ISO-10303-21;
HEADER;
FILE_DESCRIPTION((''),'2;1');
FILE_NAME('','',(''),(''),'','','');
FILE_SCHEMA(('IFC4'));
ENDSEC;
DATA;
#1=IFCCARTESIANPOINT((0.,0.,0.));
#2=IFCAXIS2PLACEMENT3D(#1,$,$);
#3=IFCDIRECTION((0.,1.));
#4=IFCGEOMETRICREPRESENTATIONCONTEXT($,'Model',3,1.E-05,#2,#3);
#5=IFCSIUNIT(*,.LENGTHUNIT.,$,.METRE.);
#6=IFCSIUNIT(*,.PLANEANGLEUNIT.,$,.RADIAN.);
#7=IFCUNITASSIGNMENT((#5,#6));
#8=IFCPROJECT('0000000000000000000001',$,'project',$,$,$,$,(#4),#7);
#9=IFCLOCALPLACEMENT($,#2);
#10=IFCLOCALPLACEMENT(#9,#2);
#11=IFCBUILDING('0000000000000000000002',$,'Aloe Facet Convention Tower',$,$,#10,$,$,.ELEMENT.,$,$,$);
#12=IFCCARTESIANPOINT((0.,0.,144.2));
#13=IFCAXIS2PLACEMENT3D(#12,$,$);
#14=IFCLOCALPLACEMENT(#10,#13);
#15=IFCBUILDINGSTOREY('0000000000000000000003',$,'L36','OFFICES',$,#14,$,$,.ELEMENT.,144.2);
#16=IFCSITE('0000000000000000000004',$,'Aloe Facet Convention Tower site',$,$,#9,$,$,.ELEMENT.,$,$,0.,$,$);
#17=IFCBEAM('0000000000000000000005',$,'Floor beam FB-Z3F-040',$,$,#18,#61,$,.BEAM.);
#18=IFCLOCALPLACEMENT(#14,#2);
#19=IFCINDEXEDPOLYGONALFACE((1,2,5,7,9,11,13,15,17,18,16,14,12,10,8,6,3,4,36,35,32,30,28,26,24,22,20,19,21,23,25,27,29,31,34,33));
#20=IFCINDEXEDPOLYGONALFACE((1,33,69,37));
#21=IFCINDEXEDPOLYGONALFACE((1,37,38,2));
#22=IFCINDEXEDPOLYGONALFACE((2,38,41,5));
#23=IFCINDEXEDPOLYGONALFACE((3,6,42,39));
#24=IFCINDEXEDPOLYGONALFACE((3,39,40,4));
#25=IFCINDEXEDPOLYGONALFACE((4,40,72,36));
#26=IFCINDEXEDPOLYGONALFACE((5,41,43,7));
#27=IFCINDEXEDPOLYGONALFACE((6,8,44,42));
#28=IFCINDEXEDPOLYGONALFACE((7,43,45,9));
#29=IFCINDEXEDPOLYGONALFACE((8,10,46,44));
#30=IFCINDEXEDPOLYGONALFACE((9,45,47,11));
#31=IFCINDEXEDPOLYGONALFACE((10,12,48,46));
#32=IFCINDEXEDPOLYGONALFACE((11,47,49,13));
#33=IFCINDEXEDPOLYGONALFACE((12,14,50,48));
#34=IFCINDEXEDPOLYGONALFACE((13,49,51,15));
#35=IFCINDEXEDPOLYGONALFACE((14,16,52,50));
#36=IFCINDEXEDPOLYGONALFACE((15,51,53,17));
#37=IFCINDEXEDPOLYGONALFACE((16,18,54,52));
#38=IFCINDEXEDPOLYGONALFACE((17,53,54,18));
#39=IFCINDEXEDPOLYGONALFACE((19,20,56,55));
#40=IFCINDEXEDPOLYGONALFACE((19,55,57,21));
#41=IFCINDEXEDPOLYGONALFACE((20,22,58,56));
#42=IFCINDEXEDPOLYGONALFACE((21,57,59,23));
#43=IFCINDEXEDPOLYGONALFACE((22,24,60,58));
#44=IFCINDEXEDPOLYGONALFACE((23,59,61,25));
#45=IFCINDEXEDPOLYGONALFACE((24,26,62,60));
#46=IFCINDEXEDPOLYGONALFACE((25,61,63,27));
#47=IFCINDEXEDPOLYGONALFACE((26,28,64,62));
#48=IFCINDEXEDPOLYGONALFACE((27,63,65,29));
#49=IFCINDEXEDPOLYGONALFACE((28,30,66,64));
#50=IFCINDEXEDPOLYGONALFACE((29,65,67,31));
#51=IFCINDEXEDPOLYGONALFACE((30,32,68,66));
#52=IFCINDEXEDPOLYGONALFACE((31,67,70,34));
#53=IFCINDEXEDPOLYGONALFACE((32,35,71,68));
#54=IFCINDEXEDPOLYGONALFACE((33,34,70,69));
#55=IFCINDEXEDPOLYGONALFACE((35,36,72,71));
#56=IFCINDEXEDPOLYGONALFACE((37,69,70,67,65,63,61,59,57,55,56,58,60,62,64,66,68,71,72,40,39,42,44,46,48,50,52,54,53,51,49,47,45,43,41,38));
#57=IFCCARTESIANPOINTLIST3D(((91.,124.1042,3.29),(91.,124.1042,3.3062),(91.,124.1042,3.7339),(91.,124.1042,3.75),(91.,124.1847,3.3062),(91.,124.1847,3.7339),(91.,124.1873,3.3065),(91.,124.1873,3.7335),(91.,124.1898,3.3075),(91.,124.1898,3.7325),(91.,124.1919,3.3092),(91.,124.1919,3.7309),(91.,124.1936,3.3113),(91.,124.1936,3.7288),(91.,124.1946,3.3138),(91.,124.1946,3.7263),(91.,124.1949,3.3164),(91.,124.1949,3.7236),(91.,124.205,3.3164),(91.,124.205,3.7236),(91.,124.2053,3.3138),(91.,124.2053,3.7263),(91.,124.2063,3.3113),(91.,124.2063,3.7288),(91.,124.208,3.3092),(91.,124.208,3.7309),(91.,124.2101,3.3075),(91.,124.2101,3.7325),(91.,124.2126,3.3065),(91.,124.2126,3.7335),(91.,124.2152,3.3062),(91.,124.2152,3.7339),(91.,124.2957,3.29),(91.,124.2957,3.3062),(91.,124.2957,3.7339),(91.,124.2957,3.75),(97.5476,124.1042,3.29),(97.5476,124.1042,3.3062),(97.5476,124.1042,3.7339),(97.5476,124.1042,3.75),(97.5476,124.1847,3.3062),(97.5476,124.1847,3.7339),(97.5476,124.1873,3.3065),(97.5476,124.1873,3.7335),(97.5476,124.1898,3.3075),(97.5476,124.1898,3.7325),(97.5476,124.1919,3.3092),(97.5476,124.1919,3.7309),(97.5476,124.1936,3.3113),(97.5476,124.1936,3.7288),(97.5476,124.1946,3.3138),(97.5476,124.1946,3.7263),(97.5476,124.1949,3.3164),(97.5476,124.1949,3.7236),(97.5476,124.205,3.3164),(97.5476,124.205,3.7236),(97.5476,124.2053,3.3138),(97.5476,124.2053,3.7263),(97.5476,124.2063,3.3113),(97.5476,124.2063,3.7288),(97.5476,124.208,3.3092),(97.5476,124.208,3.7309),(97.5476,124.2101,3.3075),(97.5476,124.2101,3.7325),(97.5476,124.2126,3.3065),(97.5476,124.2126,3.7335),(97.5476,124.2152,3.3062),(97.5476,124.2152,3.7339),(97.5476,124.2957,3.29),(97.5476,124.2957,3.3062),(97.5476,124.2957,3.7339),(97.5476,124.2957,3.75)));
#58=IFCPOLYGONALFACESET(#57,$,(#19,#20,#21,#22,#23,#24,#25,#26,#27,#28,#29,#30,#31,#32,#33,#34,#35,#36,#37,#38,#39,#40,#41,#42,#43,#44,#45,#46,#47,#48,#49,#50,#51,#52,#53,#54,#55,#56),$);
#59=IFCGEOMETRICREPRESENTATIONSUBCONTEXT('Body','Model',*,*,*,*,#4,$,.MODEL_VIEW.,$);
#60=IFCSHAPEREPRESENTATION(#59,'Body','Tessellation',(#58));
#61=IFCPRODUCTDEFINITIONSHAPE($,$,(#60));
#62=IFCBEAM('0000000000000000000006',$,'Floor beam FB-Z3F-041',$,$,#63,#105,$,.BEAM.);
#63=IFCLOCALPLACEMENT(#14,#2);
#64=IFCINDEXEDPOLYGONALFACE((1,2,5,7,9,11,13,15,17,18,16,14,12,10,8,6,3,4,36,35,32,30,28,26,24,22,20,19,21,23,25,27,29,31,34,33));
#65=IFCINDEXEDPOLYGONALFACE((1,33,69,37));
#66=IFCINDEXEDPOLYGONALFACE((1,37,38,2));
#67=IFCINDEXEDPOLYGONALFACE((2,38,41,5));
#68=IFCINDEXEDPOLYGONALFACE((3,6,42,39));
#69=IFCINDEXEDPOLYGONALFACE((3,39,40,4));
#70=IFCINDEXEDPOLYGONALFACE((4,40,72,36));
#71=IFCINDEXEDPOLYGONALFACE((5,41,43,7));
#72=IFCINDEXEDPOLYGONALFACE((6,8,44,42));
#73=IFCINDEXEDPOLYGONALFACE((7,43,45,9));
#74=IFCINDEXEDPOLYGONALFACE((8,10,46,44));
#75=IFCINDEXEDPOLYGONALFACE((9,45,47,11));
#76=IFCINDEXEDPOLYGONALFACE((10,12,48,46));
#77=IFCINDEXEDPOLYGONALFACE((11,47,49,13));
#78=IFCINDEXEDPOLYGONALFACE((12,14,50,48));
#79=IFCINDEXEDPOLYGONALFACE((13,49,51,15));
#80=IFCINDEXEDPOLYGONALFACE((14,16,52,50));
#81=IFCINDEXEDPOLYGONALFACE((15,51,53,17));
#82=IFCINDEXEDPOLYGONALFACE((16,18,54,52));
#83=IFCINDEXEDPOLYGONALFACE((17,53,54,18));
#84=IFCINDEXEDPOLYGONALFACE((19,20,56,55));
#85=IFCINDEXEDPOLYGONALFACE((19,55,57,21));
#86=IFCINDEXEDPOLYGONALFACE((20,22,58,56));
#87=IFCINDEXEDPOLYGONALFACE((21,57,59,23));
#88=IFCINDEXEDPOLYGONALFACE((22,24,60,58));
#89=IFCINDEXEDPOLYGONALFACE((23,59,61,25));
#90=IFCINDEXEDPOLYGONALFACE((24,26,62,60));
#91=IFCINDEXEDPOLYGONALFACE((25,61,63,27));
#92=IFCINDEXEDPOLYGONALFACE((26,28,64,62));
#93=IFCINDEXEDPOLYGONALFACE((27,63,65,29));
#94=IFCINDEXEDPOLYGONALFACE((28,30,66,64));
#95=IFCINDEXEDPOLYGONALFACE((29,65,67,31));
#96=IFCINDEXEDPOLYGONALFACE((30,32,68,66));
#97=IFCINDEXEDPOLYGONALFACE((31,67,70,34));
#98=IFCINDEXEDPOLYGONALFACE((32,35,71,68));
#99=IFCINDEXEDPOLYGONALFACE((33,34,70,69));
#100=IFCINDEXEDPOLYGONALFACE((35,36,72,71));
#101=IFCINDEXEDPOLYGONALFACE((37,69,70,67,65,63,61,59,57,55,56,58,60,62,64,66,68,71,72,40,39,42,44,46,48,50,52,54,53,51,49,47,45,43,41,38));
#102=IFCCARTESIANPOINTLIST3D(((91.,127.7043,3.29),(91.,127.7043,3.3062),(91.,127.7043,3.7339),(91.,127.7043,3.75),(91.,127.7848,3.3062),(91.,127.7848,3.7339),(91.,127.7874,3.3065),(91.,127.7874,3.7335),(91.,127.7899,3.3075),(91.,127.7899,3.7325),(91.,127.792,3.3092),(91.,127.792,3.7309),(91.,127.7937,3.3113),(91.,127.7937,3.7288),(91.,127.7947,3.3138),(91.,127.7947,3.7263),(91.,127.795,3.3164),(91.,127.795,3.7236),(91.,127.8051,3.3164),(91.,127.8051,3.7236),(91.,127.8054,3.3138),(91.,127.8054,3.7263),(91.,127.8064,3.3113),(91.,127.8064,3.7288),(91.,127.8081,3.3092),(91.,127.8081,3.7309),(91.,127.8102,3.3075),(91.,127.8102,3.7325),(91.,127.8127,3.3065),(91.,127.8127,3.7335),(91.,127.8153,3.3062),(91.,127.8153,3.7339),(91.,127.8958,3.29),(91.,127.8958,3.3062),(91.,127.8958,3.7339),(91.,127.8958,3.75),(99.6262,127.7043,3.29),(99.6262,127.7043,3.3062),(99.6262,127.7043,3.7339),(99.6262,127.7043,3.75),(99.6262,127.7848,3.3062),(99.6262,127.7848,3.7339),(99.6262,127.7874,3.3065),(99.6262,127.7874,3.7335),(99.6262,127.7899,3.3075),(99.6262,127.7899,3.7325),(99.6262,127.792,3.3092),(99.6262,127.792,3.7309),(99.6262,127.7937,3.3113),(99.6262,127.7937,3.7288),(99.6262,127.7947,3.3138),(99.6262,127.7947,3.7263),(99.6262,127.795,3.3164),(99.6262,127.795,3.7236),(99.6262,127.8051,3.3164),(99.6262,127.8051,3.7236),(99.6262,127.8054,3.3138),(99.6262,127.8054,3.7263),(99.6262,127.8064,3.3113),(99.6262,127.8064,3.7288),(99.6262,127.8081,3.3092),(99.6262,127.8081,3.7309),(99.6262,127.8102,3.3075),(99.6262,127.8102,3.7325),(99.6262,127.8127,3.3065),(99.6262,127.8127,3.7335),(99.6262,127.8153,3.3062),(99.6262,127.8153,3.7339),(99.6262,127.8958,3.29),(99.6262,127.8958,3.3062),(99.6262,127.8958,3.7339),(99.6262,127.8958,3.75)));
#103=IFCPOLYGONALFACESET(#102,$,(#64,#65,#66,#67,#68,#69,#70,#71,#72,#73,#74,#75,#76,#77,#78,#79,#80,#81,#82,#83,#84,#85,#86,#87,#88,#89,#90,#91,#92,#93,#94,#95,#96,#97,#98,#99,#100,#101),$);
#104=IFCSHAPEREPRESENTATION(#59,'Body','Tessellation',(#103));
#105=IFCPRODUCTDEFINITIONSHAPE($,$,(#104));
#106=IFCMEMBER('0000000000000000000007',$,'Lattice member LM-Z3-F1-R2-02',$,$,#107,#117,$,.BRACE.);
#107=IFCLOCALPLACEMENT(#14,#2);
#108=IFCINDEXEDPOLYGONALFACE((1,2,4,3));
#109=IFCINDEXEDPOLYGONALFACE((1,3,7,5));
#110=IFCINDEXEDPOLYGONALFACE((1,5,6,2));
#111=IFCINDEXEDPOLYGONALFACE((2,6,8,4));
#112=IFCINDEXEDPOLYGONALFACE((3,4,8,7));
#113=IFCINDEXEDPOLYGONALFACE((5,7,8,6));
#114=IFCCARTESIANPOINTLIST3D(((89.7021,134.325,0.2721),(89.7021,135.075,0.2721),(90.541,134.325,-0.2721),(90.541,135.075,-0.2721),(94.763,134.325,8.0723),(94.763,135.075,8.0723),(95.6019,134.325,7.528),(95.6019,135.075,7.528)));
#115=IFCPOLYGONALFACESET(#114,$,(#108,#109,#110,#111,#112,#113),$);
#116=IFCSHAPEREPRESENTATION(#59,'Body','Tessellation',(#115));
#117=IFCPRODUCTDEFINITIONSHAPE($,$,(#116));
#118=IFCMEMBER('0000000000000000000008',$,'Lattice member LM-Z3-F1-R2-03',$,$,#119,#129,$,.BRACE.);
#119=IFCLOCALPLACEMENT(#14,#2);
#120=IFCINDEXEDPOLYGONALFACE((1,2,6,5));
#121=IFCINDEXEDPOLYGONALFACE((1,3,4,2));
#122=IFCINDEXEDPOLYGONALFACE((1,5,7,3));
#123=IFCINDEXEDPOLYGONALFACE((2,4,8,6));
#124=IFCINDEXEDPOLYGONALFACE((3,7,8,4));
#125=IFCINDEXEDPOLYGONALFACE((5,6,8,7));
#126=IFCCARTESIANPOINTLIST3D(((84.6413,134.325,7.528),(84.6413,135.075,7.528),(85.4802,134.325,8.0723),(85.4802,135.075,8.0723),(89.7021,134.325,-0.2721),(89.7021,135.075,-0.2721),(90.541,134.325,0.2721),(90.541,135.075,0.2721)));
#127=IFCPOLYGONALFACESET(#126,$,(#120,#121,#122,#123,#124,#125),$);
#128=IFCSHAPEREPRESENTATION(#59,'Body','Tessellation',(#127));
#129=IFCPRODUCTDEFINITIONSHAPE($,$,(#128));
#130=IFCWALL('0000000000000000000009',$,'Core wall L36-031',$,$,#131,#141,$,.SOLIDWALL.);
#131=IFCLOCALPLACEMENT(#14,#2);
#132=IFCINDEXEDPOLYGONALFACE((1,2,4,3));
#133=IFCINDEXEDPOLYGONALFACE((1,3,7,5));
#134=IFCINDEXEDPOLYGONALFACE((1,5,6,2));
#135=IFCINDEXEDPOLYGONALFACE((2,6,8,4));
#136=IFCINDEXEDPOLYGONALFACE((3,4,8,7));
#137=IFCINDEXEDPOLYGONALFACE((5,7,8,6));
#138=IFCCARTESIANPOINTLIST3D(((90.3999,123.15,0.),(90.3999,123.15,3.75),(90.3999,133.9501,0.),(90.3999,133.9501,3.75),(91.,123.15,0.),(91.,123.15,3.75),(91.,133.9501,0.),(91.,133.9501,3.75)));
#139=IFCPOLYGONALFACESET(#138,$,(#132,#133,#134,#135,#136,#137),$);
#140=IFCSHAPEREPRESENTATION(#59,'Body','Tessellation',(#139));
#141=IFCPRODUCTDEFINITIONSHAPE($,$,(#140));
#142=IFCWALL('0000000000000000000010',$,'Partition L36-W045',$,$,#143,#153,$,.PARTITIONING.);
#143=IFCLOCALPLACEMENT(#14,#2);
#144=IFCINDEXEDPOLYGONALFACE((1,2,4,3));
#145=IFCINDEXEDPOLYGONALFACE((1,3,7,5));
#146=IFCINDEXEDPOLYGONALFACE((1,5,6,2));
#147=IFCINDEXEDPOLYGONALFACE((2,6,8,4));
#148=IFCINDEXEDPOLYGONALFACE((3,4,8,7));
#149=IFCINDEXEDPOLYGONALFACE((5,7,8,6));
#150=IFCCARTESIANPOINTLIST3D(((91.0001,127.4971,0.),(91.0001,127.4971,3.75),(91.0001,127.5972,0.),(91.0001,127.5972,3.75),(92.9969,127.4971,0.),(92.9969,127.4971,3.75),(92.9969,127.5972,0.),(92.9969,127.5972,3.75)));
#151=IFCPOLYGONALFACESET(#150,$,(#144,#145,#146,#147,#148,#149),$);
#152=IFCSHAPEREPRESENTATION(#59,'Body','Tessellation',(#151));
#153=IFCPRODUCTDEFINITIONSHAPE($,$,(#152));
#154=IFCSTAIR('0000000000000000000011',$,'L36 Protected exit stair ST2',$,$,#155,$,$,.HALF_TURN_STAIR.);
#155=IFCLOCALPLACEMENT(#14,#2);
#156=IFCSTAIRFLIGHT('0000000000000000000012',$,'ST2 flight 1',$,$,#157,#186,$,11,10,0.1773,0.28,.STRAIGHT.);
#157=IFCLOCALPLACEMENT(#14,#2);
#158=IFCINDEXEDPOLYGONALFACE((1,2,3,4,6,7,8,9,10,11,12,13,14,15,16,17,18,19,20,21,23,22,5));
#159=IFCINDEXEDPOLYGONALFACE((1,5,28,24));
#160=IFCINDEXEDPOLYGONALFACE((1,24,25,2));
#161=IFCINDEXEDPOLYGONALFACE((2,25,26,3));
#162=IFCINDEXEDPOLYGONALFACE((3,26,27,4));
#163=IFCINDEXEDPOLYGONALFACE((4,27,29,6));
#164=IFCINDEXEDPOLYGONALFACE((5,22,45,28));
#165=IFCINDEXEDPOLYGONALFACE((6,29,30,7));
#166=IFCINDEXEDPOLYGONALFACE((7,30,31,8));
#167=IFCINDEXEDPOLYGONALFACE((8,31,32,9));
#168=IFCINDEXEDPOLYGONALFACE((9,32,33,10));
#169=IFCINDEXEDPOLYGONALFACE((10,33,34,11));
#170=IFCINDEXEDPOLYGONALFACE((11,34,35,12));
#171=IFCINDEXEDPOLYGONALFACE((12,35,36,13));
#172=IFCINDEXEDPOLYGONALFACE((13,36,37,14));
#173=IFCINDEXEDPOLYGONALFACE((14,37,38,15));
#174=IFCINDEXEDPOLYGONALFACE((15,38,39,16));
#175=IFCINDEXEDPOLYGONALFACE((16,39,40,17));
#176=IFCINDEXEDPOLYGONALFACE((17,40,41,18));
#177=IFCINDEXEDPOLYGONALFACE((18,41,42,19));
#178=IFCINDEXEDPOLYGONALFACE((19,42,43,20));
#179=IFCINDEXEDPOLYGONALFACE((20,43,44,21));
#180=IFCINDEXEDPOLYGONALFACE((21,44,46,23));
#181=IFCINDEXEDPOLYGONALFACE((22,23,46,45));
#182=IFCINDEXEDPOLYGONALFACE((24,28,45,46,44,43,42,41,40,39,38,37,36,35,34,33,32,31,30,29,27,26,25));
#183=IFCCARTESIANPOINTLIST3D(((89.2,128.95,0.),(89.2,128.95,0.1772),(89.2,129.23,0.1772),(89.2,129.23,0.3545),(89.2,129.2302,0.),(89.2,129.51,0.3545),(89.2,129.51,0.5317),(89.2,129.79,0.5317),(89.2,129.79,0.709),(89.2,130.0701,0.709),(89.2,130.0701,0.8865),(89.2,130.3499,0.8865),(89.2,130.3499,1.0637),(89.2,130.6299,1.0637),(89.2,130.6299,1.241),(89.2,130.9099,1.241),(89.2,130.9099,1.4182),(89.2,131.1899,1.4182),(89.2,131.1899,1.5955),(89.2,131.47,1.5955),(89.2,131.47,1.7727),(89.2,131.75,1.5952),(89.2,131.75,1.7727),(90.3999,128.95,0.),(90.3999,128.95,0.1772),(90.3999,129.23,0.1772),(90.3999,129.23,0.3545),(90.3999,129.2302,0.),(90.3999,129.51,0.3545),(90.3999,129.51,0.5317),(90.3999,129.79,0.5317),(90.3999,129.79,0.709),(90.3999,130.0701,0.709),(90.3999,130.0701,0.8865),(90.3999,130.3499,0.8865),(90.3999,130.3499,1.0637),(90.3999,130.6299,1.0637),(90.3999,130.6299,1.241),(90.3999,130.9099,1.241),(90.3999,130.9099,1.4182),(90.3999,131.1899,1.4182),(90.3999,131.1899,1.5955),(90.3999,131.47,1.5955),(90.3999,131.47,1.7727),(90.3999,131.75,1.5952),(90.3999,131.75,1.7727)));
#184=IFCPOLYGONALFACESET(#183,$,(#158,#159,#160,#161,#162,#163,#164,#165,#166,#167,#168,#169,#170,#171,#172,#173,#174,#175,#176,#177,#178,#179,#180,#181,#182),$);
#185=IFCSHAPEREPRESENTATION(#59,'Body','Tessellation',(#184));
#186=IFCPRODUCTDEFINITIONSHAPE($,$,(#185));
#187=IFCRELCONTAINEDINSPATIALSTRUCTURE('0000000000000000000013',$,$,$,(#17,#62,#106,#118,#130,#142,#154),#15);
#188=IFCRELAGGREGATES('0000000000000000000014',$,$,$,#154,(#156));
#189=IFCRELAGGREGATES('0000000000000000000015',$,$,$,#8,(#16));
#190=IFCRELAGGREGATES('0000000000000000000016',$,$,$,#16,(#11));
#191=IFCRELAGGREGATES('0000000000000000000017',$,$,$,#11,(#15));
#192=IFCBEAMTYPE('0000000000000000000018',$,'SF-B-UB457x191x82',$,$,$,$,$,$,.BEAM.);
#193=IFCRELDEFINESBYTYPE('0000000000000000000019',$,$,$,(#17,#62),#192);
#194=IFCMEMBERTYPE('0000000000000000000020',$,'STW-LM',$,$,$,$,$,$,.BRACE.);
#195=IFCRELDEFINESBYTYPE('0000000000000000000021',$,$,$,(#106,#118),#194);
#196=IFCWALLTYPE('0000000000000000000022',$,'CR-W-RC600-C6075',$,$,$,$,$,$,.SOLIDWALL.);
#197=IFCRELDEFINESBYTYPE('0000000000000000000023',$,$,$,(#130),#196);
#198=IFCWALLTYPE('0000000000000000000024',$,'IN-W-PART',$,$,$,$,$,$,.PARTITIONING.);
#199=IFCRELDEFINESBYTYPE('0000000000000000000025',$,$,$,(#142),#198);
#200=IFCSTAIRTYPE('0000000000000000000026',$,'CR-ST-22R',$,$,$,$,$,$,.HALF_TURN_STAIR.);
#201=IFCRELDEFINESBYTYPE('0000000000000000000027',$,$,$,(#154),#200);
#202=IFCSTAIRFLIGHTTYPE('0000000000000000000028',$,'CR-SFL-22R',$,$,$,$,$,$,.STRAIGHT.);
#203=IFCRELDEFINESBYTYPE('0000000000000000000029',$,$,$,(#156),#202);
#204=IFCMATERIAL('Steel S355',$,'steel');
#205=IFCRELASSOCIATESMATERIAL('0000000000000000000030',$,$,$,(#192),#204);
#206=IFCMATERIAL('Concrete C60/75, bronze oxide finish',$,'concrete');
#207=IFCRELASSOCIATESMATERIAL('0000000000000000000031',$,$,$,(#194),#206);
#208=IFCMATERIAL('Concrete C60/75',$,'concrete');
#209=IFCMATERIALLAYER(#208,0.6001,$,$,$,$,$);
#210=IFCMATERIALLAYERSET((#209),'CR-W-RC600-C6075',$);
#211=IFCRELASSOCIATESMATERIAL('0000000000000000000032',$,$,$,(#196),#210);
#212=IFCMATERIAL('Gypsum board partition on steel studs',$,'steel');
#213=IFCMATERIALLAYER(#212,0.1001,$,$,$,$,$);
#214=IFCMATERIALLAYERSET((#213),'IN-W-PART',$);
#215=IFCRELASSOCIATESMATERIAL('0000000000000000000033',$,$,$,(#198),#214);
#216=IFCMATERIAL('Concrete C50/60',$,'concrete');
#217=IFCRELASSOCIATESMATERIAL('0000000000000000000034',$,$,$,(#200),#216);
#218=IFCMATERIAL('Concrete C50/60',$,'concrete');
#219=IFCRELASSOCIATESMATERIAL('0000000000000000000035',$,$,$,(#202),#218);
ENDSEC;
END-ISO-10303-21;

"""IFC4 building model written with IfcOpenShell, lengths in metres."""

from ifc_helpers import new_model, si_unit, direction, frame, frame_2d, origin, origin_2d, place, context, subcontext, project, spatial, polyline, rectangle, i_section, outline, extrude, material, layer, layer_set, material_profile, profile_set, type_object, element, aggregate, save


model = new_model("IFC4")

# Units and contexts
model_context = context("Model", 3, precision=1e-05, world=origin(), true_north=direction((0.0, 1.0)))
body_context = subcontext(model_context, "Body", "Model", "MODEL_VIEW")
ifc_project = project(units=[si_unit("LENGTHUNIT", "METRE"), si_unit("PLANEANGLEUNIT", "RADIAN")], contexts=[model_context])

# Site, building, storey
site_placement = place(None, origin())
site = spatial("IfcSite", under=ifc_project, at=site_placement, Name="Aloe Facet Convention Tower site", CompositionType="ELEMENT", RefElevation=0.0)
building_placement = place(site_placement, origin())
building = spatial("IfcBuilding", under=site, at=building_placement, Name="Aloe Facet Convention Tower", CompositionType="ELEMENT")
storey_placement = place(building_placement, frame((0.0, 0.0, 144.2)))
storey = spatial("IfcBuildingStorey", under=building, at=storey_placement, Name="L36", Description="OFFICES", CompositionType="ELEMENT", Elevation=144.2)

# Beams
ifc_material_1 = material(Name="Steel S355", Category="steel")
ifc_material_profile_1 = material_profile(ifc_material_1, i_section(OverallWidth=0.1914, OverallDepth=0.46, WebThickness=0.01, FlangeThickness=0.0161, FilletRadius=0.0103, at=origin_2d()), Name="UB 457x191x82")
ifc_profile_set_1 = profile_set([ifc_material_profile_1], Name="Steel S355")
beam_type = type_object("IfcBeamType", Name="SF-B-UB457x191x82", PredefinedType="BEAM", material=ifc_profile_set_1)
beam_1_placement = place(storey_placement, frame((91.0, 124.2, 3.52), z_axis=(1.0, 0.0, 0.0), x_axis=(0.0, 1.0, 0.0)))
element("IfcBeam", 1, at=beam_1_placement, inside=storey, type_object=beam_type, Name="Floor beam FB-Z3F-040", PredefinedType="BEAM", context=body_context, shape_type="SweptSolid", body=[
    extrude(i_section(OverallWidth=0.1914, OverallDepth=0.46, WebThickness=0.01, FlangeThickness=0.0161, FilletRadius=0.0103, at=origin_2d()), origin(), (0.0, 0.0, 1.0), 6.5476),
])
beam_2_placement = place(storey_placement, frame((91.0, 127.8, 3.52), z_axis=(1.0, 0.0, 0.0), x_axis=(0.0, 1.0, 0.0)))
element("IfcBeam", 2, at=beam_2_placement, inside=storey, type_object=beam_type, Name="Floor beam FB-Z3F-041", PredefinedType="BEAM", context=body_context, shape_type="SweptSolid", body=[
    extrude(i_section(OverallWidth=0.1914, OverallDepth=0.46, WebThickness=0.01, FlangeThickness=0.0161, FilletRadius=0.0103, at=origin_2d()), origin(), (0.0, 0.0, 1.0), 8.6262),
])

# Members
ifc_material_2 = material(Name="Concrete C60/75, bronze oxide finish", Category="concrete")
ifc_material_profile_2 = material_profile(ifc_material_2, rectangle(XDim=0.75, YDim=1.0, at=origin_2d()), Name="STW-LM")
ifc_profile_set_2 = profile_set([ifc_material_profile_2], Name="Concrete C60/75, bronze oxide finish")
member_type = type_object("IfcMemberType", Name="STW-LM", PredefinedType="BRACE", material=ifc_profile_set_2)
for number, where, z_axis, x_axis, name in (
    (3, (90.1216, 134.7, 0.0), (0.54429, 0.0, 0.838897), (0.0, 1.0, 0.0), "Lattice member LM-Z3-F1-R2-02"),
    (4, (90.1216, 134.7, 0.0), (-0.54429, 0.0, 0.838897), (0.0, -1.0, 0.0), "Lattice member LM-Z3-F1-R2-03"),
):
    element("IfcMember", number, at=place(storey_placement, frame(where, z_axis=z_axis, x_axis=x_axis)), inside=storey, type_object=member_type, Name=name, PredefinedType="BRACE", context=body_context, shape_type="SweptSolid", body=[
        extrude(rectangle(XDim=0.75, YDim=1.0, at=origin_2d()), origin(), (0.0, 0.0, 1.0), 9.2981),
    ])

# Walls
ifc_material_3 = material(Name="Concrete C60/75", Category="concrete")
ifc_layer_1 = layer(ifc_material_3, 0.6001)
ifc_layer_set_1 = layer_set([ifc_layer_1], Name="CR-W-RC600-C6075")
wall_type_1 = type_object("IfcWallType", Name="CR-W-RC600-C6075", PredefinedType="SOLIDWALL", material=ifc_layer_set_1)
wall_1_placement = place(storey_placement, frame((90.7, 133.95, 0.0), z_axis=(0.0, 0.0, 1.0), x_axis=(0.0, -1.0, 0.0)))
element("IfcWall", 5, at=wall_1_placement, inside=storey, type_object=wall_type_1, Name="Core wall L36-031", PredefinedType="SOLIDWALL", context=body_context, shape_type="SweptSolid", body=[
    extrude(rectangle(XDim=10.8, YDim=0.6001, at=frame_2d((5.3999, 0.0))), origin(), (0.0, 0.0, 1.0), 3.75),
])
ifc_material_4 = material(Name="Gypsum board partition on steel studs", Category="steel")
ifc_layer_2 = layer(ifc_material_4, 0.1001)
ifc_layer_set_2 = layer_set([ifc_layer_2], Name="IN-W-PART")
wall_type_2 = type_object("IfcWallType", Name="IN-W-PART", PredefinedType="PARTITIONING", material=ifc_layer_set_2)
wall_2_placement = place(storey_placement, frame((91.0, 127.5471, 0.0), z_axis=(0.0, 0.0, 1.0), x_axis=(1.0, 0.0, 0.0)))
element("IfcWall", 6, at=wall_2_placement, inside=storey, type_object=wall_type_2, Name="Partition L36-W045", PredefinedType="PARTITIONING", context=body_context, shape_type="SweptSolid", body=[
    extrude(rectangle(XDim=1.9968, YDim=0.1001, at=frame_2d((0.9985, 0.0))), origin(), (0.0, 0.0, 1.0), 3.75),
])

# Stair, stair flight
ifc_material_5 = material(Name="Concrete C50/60", Category="concrete")
stair_type = type_object("IfcStairType", Name="CR-ST-22R", PredefinedType="HALF_TURN_STAIR", material=ifc_material_5)
stair_placement = place(storey_placement, origin())
stair = element("IfcStair", 7, at=stair_placement, inside=storey, type_object=stair_type, Name="L36 Protected exit stair ST2", PredefinedType="HALF_TURN_STAIR")
ifc_material_6 = material(Name="Concrete C50/60", Category="concrete")
stair_flight_type = type_object("IfcStairFlightType", Name="CR-SFL-22R", PredefinedType="STRAIGHT", material=ifc_material_6)
stair_flight_1_placement = place(storey_placement, frame((89.8, 128.95, 0.0), z_axis=(0.0, 0.0, 1.0), x_axis=(0.0, 1.0, 0.0)))
stair_flight_1 = element("IfcStairFlight", 8, at=stair_flight_1_placement, type_object=stair_flight_type, Name="ST2 flight 1", NumberOfRisers=11, NumberOfTreads=10, PredefinedType="STRAIGHT", RiserHeight=0.1773, TreadLength=0.28, context=body_context, shape_type="SweptSolid", body=[
    extrude(outline(polyline([(0.0, 0.0), (0.0, 0.1772), (0.28, 0.1772), (0.28, 0.3545), (0.5601, 0.3545), (0.5601, 0.5317), (0.8401, 0.5317), (0.8401, 0.709), (1.1201, 0.709), (1.1201, 0.8865), (1.3999, 0.8865), (1.3999, 1.0637), (1.6799, 1.0637), (1.6799, 1.241), (1.96, 1.241), (1.96, 1.4182), (2.24, 1.4182), (2.24, 1.5955), (2.52, 1.5955), (2.52, 1.7727), (2.8, 1.7727), (2.8, 1.95), (2.8, 1.5952), (0.2803, 0.0), (0.0, 0.0)])), frame((0.0, 0.6001, 0.0), z_axis=(0.0, -1.0, 0.0), x_axis=(1.0, 0.0, 0.0)), (0.0, 0.0, 1.0), 1.2),
])
aggregate(stair, [stair_flight_1])

save(model, "model.ifc")
